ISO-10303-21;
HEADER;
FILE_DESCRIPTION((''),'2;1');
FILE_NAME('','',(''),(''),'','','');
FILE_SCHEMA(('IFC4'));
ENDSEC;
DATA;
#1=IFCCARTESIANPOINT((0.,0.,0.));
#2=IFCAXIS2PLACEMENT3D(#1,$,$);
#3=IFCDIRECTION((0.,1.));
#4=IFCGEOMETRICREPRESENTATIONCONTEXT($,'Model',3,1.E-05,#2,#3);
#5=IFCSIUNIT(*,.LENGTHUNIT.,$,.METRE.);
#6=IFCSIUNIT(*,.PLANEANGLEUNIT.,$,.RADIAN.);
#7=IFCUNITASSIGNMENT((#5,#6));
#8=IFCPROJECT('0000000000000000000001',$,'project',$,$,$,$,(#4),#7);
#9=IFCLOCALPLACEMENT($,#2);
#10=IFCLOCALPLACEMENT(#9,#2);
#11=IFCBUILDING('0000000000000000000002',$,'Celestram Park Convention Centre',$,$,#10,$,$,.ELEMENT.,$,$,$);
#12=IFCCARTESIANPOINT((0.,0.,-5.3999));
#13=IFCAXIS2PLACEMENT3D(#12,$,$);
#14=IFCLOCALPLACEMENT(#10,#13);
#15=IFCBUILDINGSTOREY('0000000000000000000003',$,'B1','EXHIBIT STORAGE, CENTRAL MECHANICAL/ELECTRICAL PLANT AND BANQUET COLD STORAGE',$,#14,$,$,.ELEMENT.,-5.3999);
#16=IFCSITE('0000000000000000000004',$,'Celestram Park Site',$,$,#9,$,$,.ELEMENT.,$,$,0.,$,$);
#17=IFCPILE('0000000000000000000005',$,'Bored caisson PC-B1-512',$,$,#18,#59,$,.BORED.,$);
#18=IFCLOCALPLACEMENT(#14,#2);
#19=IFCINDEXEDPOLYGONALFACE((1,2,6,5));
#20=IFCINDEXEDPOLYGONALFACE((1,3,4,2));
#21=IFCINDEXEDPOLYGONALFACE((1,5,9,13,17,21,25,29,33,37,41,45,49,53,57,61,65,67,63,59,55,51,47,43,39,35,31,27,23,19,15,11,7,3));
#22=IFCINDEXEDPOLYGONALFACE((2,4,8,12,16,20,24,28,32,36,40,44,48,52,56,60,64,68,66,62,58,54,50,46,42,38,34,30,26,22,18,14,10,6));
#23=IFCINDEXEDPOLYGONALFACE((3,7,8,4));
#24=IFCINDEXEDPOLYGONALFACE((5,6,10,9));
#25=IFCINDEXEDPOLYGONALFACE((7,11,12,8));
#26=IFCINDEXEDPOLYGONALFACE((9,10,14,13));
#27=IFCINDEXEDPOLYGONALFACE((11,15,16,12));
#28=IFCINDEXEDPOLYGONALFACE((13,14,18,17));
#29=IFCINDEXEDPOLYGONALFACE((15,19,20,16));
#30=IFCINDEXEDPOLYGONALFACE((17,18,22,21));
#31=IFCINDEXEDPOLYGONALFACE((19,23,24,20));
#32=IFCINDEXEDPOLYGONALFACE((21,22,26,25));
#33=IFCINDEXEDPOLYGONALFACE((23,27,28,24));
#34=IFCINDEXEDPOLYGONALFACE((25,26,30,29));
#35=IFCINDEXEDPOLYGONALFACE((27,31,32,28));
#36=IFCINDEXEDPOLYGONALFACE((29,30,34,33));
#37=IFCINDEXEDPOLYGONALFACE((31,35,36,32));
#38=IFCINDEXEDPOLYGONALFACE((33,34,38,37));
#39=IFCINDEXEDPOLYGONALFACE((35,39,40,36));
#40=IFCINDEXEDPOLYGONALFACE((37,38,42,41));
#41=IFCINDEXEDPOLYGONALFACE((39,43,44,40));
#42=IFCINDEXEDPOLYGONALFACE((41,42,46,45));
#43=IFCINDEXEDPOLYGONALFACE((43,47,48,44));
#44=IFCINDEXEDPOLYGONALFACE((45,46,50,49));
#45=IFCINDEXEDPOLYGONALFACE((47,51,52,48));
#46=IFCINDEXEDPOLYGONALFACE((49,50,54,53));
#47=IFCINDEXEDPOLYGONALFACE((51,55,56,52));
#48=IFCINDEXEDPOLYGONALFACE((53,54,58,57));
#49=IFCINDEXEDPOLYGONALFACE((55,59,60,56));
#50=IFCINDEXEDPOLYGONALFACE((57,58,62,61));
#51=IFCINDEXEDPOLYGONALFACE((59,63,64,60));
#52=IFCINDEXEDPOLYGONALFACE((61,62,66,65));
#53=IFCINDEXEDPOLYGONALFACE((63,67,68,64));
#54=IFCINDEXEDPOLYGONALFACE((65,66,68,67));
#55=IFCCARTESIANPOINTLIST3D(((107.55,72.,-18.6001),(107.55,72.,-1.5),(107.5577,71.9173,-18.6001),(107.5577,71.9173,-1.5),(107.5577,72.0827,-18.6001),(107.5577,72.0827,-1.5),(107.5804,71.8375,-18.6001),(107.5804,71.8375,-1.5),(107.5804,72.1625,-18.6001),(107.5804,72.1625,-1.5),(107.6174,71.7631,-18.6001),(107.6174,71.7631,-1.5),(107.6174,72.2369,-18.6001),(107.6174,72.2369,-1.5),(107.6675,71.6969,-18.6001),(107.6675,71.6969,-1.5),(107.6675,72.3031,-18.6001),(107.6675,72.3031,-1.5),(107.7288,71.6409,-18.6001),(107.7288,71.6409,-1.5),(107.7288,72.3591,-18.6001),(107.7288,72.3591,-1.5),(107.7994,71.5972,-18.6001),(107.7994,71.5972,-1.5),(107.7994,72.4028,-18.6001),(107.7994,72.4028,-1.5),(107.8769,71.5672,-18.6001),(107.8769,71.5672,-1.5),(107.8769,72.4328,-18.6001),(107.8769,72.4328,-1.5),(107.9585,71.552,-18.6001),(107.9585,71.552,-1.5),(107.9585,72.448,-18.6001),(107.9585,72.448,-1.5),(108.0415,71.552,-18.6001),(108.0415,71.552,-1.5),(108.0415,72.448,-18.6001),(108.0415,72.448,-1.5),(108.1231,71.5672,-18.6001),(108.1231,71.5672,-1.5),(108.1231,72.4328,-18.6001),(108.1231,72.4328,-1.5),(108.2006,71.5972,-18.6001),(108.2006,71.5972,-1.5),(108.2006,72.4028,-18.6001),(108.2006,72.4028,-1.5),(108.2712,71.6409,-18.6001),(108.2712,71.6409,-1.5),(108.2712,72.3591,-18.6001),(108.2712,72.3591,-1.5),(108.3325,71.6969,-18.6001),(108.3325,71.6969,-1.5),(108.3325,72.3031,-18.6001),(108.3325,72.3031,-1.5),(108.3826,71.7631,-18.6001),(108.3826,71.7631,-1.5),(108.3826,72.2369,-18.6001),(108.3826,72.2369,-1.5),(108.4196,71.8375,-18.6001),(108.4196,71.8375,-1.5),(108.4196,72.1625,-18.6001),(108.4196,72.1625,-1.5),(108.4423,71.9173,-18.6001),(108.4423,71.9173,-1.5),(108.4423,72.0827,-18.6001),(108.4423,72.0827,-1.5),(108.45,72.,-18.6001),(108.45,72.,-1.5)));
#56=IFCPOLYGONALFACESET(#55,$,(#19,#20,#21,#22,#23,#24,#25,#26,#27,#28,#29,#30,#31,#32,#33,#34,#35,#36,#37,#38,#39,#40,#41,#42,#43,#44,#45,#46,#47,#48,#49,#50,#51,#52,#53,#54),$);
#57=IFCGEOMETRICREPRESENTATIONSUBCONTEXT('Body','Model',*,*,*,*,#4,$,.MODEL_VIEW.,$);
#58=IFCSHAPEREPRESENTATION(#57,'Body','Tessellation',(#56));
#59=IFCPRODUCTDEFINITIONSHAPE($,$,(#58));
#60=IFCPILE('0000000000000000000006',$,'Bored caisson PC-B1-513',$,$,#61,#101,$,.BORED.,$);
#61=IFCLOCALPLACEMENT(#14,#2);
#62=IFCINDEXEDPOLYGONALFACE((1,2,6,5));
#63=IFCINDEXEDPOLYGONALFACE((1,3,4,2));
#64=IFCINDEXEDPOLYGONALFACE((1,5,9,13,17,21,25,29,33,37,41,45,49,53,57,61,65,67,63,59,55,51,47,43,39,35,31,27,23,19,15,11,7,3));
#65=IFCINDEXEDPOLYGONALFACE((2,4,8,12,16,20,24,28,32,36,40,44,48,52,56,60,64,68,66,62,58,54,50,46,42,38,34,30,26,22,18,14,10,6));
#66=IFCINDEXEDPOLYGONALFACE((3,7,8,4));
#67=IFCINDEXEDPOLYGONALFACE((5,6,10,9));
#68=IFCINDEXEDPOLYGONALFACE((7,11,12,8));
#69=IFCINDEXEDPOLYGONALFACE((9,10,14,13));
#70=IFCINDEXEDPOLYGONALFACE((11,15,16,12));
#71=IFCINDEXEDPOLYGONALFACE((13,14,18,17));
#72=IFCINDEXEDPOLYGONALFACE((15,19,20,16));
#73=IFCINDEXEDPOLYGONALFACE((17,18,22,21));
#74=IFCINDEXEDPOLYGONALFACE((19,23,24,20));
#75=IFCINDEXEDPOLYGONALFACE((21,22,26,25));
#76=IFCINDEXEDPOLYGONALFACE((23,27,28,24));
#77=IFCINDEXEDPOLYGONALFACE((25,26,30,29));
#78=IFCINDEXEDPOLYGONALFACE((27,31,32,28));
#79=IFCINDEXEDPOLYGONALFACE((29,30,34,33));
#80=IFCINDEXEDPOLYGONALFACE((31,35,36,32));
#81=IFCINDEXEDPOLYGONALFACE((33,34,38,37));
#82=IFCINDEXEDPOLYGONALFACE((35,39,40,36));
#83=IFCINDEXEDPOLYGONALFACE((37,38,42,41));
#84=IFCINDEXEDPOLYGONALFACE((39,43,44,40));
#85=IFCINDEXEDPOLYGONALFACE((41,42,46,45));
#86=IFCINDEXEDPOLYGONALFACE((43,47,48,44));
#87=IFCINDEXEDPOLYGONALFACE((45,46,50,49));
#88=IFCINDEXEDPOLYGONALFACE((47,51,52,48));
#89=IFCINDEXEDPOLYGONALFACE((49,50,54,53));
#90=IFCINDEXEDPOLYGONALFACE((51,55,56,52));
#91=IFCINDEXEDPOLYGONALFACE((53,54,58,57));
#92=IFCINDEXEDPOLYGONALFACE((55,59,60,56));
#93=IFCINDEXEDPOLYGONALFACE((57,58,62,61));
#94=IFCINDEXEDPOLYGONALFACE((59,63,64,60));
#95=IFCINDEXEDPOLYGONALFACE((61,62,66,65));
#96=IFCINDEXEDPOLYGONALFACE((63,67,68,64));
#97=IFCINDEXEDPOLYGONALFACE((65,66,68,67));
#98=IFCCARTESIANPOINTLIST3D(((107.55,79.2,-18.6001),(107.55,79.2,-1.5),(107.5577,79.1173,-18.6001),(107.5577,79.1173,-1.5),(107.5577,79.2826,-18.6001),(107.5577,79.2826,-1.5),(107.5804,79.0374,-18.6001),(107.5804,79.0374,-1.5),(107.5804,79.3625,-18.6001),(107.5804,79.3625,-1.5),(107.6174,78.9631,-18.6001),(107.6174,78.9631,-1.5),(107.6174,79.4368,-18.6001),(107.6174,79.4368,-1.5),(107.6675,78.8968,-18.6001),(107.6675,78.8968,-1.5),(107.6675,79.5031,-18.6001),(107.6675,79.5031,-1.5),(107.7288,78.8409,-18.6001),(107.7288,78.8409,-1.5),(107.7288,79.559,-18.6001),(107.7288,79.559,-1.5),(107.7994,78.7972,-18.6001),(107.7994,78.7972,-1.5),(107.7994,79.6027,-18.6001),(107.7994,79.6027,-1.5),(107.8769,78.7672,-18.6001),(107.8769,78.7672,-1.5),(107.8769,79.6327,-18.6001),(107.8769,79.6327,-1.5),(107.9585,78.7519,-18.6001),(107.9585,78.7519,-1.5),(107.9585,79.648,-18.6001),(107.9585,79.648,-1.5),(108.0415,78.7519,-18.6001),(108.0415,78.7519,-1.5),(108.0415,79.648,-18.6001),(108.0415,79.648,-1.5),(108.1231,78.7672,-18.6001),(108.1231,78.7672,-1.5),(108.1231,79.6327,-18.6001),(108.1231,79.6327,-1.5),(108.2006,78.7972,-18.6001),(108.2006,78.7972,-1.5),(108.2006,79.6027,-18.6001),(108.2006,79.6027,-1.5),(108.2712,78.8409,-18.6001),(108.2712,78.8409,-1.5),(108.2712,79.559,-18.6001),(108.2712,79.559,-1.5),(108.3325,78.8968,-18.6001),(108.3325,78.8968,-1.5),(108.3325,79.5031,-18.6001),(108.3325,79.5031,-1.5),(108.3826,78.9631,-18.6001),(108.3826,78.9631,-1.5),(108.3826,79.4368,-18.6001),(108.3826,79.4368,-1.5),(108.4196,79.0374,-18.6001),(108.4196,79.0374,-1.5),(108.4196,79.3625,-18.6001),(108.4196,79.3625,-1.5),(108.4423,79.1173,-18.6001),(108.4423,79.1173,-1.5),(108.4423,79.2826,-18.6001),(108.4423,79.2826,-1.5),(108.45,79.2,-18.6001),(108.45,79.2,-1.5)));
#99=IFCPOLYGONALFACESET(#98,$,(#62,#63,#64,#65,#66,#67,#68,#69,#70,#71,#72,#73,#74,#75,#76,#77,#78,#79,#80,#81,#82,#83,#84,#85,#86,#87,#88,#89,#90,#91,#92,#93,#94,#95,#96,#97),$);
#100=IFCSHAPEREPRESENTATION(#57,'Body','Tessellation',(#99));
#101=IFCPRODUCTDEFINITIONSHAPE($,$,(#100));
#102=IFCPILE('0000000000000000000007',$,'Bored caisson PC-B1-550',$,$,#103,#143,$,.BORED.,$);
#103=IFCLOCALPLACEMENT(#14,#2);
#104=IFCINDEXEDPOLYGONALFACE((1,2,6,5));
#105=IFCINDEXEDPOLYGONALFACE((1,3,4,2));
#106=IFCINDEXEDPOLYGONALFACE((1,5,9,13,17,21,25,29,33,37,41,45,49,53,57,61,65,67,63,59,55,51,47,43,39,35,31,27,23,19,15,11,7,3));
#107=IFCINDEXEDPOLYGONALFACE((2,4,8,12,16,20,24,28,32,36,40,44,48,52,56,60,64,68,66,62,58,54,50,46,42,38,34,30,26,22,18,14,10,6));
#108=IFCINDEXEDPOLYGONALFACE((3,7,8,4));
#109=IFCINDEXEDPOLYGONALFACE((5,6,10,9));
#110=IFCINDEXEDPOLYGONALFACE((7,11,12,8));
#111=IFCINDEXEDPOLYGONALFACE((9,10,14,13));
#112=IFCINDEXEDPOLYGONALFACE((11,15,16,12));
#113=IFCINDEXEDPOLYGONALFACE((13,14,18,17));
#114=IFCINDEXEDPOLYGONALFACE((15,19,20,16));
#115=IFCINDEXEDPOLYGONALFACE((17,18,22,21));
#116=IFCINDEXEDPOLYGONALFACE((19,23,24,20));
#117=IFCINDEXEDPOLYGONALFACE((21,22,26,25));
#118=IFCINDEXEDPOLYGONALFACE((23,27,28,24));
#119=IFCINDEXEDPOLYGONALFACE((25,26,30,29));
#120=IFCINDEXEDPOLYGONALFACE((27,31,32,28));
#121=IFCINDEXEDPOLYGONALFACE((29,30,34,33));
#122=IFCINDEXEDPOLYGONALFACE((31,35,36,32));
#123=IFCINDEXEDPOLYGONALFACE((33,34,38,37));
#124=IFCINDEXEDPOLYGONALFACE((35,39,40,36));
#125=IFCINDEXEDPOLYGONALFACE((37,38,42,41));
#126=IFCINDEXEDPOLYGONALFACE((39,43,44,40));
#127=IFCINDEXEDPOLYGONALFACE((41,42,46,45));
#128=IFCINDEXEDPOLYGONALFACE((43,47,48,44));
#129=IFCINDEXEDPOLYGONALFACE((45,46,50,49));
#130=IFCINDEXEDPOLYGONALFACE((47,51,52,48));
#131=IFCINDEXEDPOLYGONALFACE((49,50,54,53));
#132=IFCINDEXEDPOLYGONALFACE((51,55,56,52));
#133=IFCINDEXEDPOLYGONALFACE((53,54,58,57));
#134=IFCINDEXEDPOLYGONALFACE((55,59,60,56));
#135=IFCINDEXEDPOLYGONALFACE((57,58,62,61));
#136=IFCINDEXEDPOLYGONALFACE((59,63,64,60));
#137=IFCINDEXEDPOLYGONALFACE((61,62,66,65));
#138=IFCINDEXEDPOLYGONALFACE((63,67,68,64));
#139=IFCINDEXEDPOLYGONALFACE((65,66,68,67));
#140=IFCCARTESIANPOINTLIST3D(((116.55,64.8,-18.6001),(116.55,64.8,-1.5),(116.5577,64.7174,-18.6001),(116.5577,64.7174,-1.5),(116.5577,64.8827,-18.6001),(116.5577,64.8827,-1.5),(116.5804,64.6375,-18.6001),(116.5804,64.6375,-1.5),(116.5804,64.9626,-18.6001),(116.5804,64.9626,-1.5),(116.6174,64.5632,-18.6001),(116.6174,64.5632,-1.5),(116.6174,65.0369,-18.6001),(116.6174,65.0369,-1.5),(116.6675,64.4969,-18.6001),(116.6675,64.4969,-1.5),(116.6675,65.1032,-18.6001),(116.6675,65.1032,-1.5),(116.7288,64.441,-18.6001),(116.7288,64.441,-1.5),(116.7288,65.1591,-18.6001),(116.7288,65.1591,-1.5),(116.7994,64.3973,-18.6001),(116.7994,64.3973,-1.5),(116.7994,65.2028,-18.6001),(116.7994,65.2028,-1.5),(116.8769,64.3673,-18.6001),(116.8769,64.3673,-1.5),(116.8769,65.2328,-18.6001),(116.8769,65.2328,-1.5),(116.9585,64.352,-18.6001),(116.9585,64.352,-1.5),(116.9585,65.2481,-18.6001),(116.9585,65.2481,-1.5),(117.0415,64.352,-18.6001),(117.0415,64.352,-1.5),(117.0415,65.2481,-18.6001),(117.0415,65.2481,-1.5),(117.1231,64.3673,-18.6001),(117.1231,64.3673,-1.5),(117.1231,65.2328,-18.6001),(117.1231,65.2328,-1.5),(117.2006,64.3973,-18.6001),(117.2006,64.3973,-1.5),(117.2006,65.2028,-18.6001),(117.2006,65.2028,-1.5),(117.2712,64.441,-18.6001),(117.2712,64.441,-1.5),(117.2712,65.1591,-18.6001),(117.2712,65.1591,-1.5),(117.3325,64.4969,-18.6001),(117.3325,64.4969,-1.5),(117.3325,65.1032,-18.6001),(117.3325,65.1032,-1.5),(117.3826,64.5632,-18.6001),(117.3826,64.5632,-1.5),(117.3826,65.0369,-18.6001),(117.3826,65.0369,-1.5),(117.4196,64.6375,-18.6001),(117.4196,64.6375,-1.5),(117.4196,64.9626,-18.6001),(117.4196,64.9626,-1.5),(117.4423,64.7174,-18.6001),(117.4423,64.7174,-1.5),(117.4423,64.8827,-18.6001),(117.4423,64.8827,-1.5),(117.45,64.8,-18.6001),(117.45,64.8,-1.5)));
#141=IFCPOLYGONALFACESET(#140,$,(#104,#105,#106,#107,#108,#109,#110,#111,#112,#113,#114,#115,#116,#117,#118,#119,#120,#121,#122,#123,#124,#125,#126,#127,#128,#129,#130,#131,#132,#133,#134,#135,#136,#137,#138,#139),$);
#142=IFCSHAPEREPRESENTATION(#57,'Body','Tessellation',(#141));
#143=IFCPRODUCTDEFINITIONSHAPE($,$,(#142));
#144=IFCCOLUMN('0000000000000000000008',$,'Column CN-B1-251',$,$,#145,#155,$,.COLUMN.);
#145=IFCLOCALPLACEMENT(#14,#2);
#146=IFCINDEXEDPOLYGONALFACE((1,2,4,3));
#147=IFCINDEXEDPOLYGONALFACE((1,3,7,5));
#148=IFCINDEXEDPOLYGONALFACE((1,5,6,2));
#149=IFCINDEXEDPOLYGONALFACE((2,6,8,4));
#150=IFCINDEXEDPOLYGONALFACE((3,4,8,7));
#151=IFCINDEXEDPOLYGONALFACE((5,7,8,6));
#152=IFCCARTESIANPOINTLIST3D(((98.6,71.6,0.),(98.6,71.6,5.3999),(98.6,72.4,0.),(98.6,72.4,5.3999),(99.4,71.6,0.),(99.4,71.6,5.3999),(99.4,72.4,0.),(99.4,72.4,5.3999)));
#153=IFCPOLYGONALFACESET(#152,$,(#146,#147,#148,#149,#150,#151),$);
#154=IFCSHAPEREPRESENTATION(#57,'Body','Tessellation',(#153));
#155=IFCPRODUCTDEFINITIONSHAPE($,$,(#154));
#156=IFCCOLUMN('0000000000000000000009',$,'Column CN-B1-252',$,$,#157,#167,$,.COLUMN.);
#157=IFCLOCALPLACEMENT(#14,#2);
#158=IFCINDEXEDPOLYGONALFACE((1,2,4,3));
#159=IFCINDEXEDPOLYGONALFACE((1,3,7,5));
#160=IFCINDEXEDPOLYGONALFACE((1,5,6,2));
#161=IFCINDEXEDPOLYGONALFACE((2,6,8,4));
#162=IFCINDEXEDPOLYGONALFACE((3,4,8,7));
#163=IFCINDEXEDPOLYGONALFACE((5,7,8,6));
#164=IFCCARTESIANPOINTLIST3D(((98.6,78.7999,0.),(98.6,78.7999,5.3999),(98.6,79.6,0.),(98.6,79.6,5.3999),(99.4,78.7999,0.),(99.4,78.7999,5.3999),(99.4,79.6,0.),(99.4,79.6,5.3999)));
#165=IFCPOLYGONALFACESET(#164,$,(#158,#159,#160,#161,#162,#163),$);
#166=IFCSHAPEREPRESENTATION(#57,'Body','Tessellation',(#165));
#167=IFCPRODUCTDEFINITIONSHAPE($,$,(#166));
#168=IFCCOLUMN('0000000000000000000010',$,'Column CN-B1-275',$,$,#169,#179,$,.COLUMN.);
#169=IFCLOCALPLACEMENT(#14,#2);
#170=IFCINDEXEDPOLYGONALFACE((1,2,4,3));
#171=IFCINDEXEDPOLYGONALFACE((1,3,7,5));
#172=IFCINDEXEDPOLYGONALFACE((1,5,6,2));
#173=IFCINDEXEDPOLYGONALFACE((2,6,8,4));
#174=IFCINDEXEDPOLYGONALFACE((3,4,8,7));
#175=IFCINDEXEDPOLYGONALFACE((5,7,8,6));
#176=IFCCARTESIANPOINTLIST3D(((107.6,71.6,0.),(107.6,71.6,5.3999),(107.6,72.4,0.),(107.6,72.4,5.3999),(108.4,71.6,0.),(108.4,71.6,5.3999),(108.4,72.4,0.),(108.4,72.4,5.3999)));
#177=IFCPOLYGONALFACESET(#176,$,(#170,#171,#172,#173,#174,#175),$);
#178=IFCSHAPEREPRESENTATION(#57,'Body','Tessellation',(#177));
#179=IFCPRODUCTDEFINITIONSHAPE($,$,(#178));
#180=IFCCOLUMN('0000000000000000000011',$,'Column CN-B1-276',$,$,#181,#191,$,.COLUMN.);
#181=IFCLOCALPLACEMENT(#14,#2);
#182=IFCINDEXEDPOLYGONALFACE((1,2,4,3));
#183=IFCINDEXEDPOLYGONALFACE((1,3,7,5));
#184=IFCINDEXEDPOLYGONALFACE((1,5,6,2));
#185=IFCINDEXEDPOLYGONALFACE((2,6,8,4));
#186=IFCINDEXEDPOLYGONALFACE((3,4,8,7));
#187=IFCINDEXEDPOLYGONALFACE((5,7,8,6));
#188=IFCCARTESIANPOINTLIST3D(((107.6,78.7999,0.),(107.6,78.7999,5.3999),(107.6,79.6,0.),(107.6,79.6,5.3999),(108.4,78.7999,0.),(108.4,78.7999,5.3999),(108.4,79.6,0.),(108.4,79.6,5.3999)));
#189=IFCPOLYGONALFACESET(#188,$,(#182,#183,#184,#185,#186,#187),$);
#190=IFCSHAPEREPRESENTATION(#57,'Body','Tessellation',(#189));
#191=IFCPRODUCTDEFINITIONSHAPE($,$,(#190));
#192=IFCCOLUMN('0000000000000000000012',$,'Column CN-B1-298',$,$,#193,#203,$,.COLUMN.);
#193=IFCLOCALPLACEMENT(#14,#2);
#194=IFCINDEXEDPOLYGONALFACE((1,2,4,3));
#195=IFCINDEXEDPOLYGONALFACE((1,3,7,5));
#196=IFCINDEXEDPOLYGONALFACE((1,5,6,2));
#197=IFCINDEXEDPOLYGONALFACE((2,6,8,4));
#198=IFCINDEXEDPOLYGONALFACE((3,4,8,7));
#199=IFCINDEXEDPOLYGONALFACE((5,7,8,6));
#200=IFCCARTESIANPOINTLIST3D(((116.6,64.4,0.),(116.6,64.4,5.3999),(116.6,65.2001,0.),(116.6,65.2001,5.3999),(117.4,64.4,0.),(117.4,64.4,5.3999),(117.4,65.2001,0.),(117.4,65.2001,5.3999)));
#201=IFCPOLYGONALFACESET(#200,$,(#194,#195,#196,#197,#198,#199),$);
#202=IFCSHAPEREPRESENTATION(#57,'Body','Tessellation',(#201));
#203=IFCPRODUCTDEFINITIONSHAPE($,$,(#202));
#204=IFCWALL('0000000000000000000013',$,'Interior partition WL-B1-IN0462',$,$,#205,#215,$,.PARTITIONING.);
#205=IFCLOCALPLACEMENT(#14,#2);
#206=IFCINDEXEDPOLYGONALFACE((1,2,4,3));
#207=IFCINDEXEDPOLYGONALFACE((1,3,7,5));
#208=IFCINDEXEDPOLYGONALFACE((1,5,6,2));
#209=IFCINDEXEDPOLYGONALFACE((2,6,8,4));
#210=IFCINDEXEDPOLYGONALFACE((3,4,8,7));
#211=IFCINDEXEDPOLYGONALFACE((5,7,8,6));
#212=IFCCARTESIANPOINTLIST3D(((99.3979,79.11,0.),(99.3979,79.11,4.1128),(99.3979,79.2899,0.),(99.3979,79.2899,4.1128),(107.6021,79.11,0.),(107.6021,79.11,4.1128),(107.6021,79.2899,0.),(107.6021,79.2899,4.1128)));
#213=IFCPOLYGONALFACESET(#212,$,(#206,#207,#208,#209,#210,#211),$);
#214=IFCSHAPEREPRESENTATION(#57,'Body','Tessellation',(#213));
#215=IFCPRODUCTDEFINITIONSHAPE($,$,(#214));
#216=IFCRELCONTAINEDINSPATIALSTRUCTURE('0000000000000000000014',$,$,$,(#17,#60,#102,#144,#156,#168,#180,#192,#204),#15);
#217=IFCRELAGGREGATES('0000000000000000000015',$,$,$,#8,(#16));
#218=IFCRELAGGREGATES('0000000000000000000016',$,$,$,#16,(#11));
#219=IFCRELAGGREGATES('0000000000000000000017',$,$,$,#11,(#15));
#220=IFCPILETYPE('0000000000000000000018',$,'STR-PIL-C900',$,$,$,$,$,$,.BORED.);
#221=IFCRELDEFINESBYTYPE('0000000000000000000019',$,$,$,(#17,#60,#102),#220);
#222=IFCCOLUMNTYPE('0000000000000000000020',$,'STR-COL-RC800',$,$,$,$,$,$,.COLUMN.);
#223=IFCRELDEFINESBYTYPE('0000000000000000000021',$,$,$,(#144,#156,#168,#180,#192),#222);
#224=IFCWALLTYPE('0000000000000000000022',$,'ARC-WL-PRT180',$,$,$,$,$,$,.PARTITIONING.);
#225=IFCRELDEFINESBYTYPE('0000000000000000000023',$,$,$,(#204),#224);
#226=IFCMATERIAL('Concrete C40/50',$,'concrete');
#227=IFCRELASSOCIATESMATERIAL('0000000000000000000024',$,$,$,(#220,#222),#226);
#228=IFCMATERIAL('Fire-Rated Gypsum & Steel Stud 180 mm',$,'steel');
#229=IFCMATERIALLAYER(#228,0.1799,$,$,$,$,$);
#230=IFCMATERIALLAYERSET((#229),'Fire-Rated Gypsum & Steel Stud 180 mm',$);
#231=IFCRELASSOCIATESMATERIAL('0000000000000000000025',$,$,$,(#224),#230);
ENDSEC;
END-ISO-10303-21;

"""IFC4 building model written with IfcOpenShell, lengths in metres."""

from ifc_helpers import new_model, si_unit, direction, frame, frame_2d, origin, origin_2d, place, context, subcontext, project, spatial, rectangle, circle, extrude, material, layer, layer_set, material_profile, profile_set, type_object, element, save


model = new_model("IFC4")

# Units and contexts
model_context = context("Model", 3, precision=1e-05, world=origin(), true_north=direction((0.0, 1.0)))
body_context = subcontext(model_context, "Body", "Model", "MODEL_VIEW")
ifc_project = project(units=[si_unit("LENGTHUNIT", "METRE"), si_unit("PLANEANGLEUNIT", "RADIAN")], contexts=[model_context])

# Site, building, storey
site_placement = place(None, origin())
site = spatial("IfcSite", under=ifc_project, at=site_placement, Name="Celestram Park Site", CompositionType="ELEMENT", RefElevation=0.0)
building_placement = place(site_placement, origin())
building = spatial("IfcBuilding", under=site, at=building_placement, Name="Celestram Park Convention Centre", CompositionType="ELEMENT")
storey_placement = place(building_placement, frame((0.0, 0.0, -5.3999)))
storey = spatial("IfcBuildingStorey", under=building, at=storey_placement, Name="B1", Description="EXHIBIT STORAGE, CENTRAL MECHANICAL/ELECTRICAL PLANT AND BANQUET COLD STORAGE", CompositionType="ELEMENT", Elevation=-5.3999)

# Shared definitions
ifc_material_1 = material(Name="Concrete C40/50", Category="concrete")

# Piles
ifc_material_profile_1 = material_profile(ifc_material_1, circle(Radius=0.45, at=origin_2d()), Name="CAISSON900")
ifc_profile_set_1 = profile_set([ifc_material_profile_1], Name="Concrete C40/50")
pile_type = type_object("IfcPileType", Name="STR-PIL-C900", PredefinedType="BORED", material=ifc_profile_set_1)
for number, where, z_axis, x_axis, name in (
    (1, (108.0, 72.0, -1.5), (0.0, 0.0, -1.0), (1.0, 0.0, 0.0), "Bored caisson PC-B1-512"),
    (2, (108.0, 79.2, -1.5), (0.0, 0.0, -1.0), (1.0, 0.0, 0.0), "Bored caisson PC-B1-513"),
    (3, (117.0, 64.8, -1.5), (0.0, 0.0, -1.0), (1.0, 0.0, 0.0), "Bored caisson PC-B1-550"),
):
    element("IfcPile", number, at=place(storey_placement, frame(where, z_axis=z_axis, x_axis=x_axis)), inside=storey, type_object=pile_type, Name=name, PredefinedType="BORED", context=body_context, shape_type="SweptSolid", body=[
        extrude(circle(Radius=0.45, at=origin_2d()), origin(), (0.0, 0.0, 1.0), 17.1001),
    ])

# Columns
ifc_material_profile_2 = material_profile(ifc_material_1, rectangle(XDim=0.8, YDim=0.8, at=origin_2d()), Name="RC800X800")
ifc_profile_set_2 = profile_set([ifc_material_profile_2], Name="Concrete C40/50")
column_type = type_object("IfcColumnType", Name="STR-COL-RC800", PredefinedType="COLUMN", material=ifc_profile_set_2)
for number, where, z_axis, x_axis, name in (
    (4, (99.0, 72.0, 0.0), (0.0, 0.0, 1.0), (1.0, 0.0, 0.0), "Column CN-B1-251"),
    (5, (99.0, 79.2, 0.0), (0.0, 0.0, 1.0), (1.0, 0.0, 0.0), "Column CN-B1-252"),
    (6, (108.0, 72.0, 0.0), (0.0, 0.0, 1.0), (1.0, 0.0, 0.0), "Column CN-B1-275"),
    (7, (108.0, 79.2, 0.0), (0.0, 0.0, 1.0), (1.0, 0.0, 0.0), "Column CN-B1-276"),
    (8, (117.0, 64.8, 0.0), (0.0, 0.0, 1.0), (1.0, 0.0, 0.0), "Column CN-B1-298"),
):
    element("IfcColumn", number, at=place(storey_placement, frame(where, z_axis=z_axis, x_axis=x_axis)), inside=storey, type_object=column_type, Name=name, PredefinedType="COLUMN", context=body_context, shape_type="SweptSolid", body=[
        extrude(rectangle(XDim=0.8, YDim=0.8, at=origin_2d()), origin(), (0.0, 0.0, 1.0), 5.3999),
    ])

# Wall
ifc_material_2 = material(Name="Fire-Rated Gypsum & Steel Stud 180 mm", Category="steel")
ifc_layer = layer(ifc_material_2, 0.1799)
ifc_layer_set = layer_set([ifc_layer], Name="Fire-Rated Gypsum & Steel Stud 180 mm")
wall_type = type_object("IfcWallType", Name="ARC-WL-PRT180", PredefinedType="PARTITIONING", material=ifc_layer_set)
for number, where, z_axis, x_axis, name in (
    (9, (99.3979, 79.2, 0.0), (0.0, 0.0, 1.0), (1.0, 0.0, 0.0), "Interior partition WL-B1-IN0462"),
):
    element("IfcWall", number, at=place(storey_placement, frame(where, z_axis=z_axis, x_axis=x_axis)), inside=storey, type_object=wall_type, Name=name, PredefinedType="PARTITIONING", context=body_context, shape_type="SweptSolid", body=[
        extrude(rectangle(XDim=8.2041, YDim=0.1799, at=frame_2d((4.1021, 0.0))), origin(), (0.0, 0.0, 1.0), 4.1128),
    ])

save(model, "model.ifc")
